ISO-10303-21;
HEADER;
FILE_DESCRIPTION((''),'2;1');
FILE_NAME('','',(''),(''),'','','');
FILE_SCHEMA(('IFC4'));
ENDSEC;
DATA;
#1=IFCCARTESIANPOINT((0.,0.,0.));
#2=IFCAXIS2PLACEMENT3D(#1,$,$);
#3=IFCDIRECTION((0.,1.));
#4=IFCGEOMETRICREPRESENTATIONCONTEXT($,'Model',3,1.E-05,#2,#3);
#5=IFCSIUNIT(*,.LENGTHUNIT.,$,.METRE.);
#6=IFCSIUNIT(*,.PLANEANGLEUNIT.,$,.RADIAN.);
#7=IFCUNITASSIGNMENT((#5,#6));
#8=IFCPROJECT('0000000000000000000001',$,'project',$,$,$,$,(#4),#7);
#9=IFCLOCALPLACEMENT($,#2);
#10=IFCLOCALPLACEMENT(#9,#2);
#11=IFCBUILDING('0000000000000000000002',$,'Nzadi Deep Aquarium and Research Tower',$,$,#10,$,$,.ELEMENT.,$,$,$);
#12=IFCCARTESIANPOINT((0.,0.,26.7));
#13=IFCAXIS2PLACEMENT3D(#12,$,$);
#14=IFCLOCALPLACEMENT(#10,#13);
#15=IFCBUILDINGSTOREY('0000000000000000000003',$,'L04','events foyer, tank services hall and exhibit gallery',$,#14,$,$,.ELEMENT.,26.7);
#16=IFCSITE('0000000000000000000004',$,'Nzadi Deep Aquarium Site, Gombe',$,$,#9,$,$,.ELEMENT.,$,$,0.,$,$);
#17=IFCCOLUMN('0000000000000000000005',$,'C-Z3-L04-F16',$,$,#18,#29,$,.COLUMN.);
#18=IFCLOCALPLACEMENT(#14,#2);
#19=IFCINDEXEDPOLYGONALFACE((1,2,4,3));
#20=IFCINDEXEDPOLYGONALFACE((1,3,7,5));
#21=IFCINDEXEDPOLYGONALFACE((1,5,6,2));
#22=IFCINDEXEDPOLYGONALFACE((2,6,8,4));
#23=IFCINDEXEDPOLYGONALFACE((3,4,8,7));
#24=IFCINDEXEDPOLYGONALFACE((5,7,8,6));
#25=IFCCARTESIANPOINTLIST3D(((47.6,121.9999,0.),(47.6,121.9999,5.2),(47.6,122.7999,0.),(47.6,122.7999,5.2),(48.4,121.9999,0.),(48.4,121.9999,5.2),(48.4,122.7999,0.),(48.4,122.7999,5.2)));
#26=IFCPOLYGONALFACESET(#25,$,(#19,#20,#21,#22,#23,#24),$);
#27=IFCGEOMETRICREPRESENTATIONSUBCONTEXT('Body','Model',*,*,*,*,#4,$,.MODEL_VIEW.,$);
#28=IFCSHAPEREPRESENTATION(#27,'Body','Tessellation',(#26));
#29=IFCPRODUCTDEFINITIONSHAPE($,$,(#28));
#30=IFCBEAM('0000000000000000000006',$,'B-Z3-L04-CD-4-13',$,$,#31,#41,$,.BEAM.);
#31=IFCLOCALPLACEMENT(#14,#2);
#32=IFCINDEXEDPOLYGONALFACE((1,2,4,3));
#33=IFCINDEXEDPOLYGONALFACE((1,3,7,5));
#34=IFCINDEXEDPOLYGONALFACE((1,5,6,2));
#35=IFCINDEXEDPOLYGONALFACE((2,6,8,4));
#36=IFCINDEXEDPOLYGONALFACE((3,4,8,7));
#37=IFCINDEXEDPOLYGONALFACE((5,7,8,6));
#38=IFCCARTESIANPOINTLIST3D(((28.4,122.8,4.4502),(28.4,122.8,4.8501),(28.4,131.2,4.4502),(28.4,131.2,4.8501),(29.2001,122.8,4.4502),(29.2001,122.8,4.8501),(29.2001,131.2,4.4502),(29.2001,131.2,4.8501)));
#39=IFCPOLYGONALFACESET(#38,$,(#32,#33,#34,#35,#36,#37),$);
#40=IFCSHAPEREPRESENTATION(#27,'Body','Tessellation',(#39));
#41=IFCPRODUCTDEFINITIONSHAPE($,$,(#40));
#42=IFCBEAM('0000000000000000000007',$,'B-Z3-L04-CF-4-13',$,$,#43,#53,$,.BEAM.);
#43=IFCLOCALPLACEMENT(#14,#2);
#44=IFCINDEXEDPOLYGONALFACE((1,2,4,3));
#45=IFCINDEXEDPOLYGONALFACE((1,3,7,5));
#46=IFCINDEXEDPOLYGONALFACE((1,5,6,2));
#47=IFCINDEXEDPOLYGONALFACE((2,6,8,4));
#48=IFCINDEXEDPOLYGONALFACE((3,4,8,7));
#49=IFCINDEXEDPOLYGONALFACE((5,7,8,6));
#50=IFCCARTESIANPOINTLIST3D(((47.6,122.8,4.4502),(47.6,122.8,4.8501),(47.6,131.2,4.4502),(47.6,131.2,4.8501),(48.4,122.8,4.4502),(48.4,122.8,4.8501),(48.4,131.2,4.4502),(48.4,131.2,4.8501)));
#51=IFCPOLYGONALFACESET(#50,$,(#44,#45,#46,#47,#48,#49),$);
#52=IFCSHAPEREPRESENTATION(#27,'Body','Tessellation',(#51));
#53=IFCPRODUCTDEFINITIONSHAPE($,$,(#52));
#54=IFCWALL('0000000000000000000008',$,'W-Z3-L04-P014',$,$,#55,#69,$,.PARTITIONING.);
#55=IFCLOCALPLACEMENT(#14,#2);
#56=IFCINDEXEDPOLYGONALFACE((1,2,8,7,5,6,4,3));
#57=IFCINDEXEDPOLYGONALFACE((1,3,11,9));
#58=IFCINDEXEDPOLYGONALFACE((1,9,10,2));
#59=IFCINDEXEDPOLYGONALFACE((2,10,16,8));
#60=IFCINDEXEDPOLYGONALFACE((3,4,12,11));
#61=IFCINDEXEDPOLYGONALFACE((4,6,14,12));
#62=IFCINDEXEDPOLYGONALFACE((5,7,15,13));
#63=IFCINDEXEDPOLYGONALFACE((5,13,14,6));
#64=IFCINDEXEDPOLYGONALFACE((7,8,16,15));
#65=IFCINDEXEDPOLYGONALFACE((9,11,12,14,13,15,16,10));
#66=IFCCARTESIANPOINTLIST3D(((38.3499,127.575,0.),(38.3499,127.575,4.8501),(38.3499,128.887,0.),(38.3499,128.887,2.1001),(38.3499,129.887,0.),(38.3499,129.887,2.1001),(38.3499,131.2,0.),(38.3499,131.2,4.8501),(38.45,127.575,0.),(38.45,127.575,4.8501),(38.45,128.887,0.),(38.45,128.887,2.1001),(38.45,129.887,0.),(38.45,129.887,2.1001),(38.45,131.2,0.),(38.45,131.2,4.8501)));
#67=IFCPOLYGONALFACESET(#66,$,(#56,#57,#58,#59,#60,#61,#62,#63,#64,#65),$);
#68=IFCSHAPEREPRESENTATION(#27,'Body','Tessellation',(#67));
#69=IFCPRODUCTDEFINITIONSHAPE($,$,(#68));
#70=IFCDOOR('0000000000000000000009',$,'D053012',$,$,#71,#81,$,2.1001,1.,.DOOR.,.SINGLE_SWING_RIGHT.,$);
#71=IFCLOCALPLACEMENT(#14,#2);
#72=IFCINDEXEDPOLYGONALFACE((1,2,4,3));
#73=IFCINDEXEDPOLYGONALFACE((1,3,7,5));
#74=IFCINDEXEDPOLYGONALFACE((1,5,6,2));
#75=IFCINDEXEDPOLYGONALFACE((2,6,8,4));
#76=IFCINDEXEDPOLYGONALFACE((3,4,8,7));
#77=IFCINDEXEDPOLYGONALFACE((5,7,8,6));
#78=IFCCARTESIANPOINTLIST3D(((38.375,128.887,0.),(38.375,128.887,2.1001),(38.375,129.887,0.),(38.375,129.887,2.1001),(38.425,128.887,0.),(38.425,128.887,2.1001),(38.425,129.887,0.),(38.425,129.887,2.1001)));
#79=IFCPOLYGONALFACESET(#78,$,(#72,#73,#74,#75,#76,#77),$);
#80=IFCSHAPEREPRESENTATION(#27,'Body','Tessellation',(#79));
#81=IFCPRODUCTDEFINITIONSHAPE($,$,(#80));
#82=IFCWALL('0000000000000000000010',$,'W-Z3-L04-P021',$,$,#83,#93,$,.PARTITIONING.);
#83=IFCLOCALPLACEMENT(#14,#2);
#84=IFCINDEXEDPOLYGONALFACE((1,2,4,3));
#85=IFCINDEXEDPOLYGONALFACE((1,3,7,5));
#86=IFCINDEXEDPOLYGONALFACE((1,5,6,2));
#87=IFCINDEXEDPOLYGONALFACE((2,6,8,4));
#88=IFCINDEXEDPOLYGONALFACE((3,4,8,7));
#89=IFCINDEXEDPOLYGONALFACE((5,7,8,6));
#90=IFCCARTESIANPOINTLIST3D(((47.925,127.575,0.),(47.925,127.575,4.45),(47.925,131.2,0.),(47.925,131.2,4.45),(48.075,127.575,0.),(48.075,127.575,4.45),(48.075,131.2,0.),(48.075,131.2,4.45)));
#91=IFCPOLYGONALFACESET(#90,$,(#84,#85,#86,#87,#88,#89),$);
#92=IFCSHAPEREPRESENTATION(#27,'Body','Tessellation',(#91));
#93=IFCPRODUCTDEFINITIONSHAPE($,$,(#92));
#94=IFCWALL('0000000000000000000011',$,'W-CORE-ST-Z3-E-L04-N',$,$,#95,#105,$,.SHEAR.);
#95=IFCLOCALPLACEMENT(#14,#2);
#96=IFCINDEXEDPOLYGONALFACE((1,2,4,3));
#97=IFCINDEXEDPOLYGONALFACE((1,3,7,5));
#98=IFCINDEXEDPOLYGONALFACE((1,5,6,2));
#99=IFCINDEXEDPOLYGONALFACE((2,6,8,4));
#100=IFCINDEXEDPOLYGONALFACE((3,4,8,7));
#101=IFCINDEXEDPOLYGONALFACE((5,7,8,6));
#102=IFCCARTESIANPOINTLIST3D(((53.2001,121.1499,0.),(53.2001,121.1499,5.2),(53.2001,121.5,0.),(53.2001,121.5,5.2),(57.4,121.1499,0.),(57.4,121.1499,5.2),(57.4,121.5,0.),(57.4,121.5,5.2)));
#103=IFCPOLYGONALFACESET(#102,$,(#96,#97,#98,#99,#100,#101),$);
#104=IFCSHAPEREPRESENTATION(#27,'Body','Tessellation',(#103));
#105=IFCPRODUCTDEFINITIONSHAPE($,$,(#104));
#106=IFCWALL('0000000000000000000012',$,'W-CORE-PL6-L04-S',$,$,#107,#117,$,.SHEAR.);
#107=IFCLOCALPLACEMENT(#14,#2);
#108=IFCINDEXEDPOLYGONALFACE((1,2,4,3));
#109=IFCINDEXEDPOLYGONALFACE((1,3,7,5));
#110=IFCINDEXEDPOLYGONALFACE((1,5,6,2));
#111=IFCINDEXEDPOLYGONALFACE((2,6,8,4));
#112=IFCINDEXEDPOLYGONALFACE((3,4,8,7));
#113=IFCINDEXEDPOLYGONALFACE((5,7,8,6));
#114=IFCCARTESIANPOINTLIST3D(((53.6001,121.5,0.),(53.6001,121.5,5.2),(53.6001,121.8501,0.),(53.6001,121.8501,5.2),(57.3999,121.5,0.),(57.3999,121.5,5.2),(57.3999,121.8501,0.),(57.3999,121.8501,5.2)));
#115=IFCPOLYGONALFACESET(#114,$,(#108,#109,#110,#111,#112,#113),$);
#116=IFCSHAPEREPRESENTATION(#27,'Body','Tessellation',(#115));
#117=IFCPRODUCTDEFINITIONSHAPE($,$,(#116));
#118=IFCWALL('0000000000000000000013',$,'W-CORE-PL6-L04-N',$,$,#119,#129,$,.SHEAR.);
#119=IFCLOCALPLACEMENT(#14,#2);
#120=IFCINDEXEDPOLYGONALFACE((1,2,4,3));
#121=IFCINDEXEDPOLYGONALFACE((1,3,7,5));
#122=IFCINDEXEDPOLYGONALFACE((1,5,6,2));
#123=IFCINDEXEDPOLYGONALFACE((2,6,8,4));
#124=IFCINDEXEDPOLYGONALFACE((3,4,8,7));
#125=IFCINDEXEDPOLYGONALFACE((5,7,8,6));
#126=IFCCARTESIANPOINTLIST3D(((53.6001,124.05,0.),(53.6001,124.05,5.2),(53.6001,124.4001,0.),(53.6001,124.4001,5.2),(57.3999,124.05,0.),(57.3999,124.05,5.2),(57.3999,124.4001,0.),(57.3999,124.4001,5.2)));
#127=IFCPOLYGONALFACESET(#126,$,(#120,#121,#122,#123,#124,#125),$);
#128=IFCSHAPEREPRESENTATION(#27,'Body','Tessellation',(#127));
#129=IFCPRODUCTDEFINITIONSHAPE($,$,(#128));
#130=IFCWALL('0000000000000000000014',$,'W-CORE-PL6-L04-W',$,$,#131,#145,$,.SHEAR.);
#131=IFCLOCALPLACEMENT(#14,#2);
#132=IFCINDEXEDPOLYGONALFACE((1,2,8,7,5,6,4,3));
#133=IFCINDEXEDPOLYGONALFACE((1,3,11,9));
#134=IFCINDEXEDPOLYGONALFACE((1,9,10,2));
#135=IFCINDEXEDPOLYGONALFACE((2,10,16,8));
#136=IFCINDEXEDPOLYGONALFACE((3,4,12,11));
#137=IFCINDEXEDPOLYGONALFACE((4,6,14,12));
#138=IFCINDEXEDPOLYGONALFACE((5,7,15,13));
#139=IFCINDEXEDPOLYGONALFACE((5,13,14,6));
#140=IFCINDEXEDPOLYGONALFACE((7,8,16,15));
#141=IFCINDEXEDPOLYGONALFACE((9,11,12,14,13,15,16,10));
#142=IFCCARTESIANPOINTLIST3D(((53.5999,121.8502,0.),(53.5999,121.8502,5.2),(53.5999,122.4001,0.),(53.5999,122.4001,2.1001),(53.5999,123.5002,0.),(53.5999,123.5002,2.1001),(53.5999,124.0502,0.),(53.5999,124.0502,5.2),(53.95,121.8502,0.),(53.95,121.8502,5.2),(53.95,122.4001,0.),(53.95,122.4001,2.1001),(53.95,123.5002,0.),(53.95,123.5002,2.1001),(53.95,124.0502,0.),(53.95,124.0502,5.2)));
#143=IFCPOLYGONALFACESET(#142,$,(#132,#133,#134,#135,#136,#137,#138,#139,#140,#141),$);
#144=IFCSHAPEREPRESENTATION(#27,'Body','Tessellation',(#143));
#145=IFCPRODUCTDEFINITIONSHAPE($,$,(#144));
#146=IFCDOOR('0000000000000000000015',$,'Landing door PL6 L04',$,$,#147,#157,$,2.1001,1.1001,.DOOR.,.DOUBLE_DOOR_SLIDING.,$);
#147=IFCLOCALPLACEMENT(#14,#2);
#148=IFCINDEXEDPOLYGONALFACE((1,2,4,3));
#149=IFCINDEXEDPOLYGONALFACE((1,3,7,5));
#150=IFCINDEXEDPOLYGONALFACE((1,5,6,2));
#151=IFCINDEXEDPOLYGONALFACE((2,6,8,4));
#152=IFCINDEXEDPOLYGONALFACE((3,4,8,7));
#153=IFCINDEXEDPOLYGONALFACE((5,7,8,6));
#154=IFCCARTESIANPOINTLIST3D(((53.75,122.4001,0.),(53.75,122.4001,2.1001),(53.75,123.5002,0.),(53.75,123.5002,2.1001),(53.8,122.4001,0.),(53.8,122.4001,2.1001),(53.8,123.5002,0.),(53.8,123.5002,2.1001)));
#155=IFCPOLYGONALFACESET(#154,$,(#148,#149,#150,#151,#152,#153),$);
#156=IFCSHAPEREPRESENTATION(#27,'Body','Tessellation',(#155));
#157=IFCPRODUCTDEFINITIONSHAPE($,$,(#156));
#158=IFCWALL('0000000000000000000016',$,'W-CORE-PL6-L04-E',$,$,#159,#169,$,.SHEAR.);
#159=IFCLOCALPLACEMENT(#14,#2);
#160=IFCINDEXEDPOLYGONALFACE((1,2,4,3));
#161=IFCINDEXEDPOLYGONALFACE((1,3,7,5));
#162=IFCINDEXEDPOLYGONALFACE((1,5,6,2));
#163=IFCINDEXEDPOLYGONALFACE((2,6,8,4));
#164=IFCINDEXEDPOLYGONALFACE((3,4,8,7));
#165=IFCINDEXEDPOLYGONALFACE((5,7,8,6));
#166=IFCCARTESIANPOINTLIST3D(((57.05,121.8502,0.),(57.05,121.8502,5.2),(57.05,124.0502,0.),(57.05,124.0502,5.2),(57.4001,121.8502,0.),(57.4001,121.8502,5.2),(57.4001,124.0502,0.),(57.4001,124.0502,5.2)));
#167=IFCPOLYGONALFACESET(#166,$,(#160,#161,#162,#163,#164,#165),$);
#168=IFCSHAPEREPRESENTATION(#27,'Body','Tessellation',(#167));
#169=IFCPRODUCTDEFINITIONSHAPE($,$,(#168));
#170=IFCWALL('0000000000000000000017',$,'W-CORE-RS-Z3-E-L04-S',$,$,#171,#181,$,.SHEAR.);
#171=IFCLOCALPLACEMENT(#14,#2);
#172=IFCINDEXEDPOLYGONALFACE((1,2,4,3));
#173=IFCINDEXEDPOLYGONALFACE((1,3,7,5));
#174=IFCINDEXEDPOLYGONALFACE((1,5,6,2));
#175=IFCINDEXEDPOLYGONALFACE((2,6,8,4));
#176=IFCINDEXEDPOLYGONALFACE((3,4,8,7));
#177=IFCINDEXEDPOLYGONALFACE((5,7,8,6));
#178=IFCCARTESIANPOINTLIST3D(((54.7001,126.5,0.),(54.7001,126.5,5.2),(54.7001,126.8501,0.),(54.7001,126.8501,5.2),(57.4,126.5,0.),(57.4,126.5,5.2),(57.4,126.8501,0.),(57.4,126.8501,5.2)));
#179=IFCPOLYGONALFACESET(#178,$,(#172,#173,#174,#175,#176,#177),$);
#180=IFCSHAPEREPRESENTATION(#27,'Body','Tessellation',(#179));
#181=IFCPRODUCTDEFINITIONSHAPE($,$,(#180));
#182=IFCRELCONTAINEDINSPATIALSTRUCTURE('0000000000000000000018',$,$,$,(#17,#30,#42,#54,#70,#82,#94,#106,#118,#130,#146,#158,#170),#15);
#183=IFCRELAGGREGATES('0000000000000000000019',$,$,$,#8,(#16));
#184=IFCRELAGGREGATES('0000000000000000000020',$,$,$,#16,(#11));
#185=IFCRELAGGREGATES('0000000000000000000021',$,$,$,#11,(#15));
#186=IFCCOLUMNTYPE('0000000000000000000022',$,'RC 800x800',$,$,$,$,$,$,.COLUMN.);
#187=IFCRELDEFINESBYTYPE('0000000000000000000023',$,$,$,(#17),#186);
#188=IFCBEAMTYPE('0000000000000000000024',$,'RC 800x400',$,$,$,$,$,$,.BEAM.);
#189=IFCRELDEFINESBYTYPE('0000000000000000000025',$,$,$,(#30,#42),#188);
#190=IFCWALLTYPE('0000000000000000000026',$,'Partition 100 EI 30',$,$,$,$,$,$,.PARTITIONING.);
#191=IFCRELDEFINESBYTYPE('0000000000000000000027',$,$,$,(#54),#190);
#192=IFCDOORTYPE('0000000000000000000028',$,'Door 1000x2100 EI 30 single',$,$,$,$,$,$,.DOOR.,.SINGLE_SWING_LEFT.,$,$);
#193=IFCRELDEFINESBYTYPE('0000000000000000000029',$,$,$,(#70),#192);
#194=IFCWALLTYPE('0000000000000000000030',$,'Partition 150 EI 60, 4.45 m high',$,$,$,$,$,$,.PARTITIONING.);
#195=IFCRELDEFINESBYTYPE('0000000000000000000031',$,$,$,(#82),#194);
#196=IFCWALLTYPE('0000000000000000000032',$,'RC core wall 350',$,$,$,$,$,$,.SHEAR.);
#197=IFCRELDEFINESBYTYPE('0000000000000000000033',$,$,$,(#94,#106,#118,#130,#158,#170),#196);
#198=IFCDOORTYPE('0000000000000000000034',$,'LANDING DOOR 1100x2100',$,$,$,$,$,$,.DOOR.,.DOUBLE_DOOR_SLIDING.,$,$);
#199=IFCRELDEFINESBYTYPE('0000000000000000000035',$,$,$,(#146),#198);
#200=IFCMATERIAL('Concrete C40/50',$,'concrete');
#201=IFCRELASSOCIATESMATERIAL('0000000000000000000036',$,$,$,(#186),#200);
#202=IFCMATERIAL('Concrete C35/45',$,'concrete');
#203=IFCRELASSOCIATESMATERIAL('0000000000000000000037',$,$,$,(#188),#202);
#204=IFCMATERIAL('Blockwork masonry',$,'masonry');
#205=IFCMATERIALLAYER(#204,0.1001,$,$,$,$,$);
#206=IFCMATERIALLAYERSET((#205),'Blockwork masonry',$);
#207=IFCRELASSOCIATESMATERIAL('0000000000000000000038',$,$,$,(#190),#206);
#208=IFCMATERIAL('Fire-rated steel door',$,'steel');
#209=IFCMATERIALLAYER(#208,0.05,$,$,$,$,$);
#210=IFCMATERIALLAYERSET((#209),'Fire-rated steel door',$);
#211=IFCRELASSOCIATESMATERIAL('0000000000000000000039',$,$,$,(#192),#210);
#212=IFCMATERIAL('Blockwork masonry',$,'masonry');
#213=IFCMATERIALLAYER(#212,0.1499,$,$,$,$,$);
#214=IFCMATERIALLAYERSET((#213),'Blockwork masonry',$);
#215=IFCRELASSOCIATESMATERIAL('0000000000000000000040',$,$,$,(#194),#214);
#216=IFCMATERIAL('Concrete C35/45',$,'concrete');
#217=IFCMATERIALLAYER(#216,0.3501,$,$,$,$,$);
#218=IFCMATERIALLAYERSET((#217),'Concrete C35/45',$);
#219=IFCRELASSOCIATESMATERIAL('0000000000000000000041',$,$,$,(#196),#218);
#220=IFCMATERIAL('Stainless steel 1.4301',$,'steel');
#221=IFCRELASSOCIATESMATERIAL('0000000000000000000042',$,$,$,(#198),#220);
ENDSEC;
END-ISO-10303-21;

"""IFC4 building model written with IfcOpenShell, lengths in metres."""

from ifc_helpers import new_model, si_unit, direction, frame, frame_2d, origin, origin_2d, place, context, subcontext, project, spatial, rectangle, extrude, material, layer, layer_set, material_profile, profile_set, type_object, element, fill, save


model = new_model("IFC4")

# Units and contexts
model_context = context("Model", 3, precision=1e-05, world=origin(), true_north=direction((0.0, 1.0)))
body_context = subcontext(model_context, "Body", "Model", "MODEL_VIEW")
ifc_project = project(units=[si_unit("LENGTHUNIT", "METRE"), si_unit("PLANEANGLEUNIT", "RADIAN")], contexts=[model_context])

# Site, building, storey
site_placement = place(None, origin())
site = spatial("IfcSite", under=ifc_project, at=site_placement, Name="Nzadi Deep Aquarium Site, Gombe", CompositionType="ELEMENT", RefElevation=0.0)
building_placement = place(site_placement, origin())
building = spatial("IfcBuilding", under=site, at=building_placement, Name="Nzadi Deep Aquarium and Research Tower", CompositionType="ELEMENT")
storey_placement = place(building_placement, frame((0.0, 0.0, 26.7)))
storey = spatial("IfcBuildingStorey", under=building, at=storey_placement, Name="L04", Description="events foyer, tank services hall and exhibit gallery", CompositionType="ELEMENT", Elevation=26.7)

# Column
ifc_material_1 = material(Name="Concrete C40/50", Category="concrete")
ifc_material_profile_1 = material_profile(ifc_material_1, rectangle(XDim=0.8, YDim=0.8, at=origin_2d()))
ifc_profile_set_1 = profile_set([ifc_material_profile_1], Name="Concrete C40/50")
column_type = type_object("IfcColumnType", Name="RC 800x800", PredefinedType="COLUMN", material=ifc_profile_set_1)
column_placement = place(storey_placement, frame((48.0, 122.3999, 0.0), z_axis=(0.0, 0.0, 1.0), x_axis=(1.0, 0.0, 0.0)))
element("IfcColumn", 1, at=column_placement, inside=storey, type_object=column_type, Name="C-Z3-L04-F16", PredefinedType="COLUMN", context=body_context, shape_type="SweptSolid", body=[
    extrude(rectangle(XDim=0.8, YDim=0.8, at=origin_2d()), origin(), (0.0, 0.0, 1.0), 5.2),
])

# Beams
ifc_material_2 = material(Name="Concrete C35/45", Category="concrete")
ifc_material_profile_2 = material_profile(ifc_material_2, rectangle(XDim=0.8, YDim=0.3999, at=origin_2d()))
ifc_profile_set_2 = profile_set([ifc_material_profile_2], Name="Concrete C35/45")
beam_type = type_object("IfcBeamType", Name="RC 800x400", PredefinedType="BEAM", material=ifc_profile_set_2)
for number, where, z_axis, x_axis, name in (
    (2, (28.8, 122.8, 4.6501), (0.0, 1.0, 0.0), (-1.0, 0.0, 0.0), "B-Z3-L04-CD-4-13"),
    (3, (48.0, 122.8, 4.6501), (0.0, 1.0, 0.0), (-1.0, 0.0, 0.0), "B-Z3-L04-CF-4-13"),
):
    element("IfcBeam", number, at=place(storey_placement, frame(where, z_axis=z_axis, x_axis=x_axis)), inside=storey, type_object=beam_type, Name=name, PredefinedType="BEAM", context=body_context, shape_type="SweptSolid", body=[
        extrude(rectangle(XDim=0.8, YDim=0.3999, at=origin_2d()), origin(), (0.0, 0.0, 1.0), 8.3999),
    ])

# Wall, opening, door
ifc_material_3 = material(Name="Blockwork masonry", Category="masonry")
ifc_layer_1 = layer(ifc_material_3, 0.1001)
ifc_layer_set_1 = layer_set([ifc_layer_1], Name="Blockwork masonry")
wall_type_1 = type_object("IfcWallType", Name="Partition 100 EI 30", PredefinedType="PARTITIONING", material=ifc_layer_set_1)
wall_1_placement = place(storey_placement, frame((38.3999, 127.575, 0.0), z_axis=(0.0, 0.0, 1.0), x_axis=(0.0, 1.0, 0.0)))
wall_1 = element("IfcWall", 4, at=wall_1_placement, inside=storey, type_object=wall_type_1, Name="W-Z3-L04-P014", PredefinedType="PARTITIONING", context=body_context, shape_type="SweptSolid", body=[
    extrude(rectangle(XDim=3.625, YDim=0.1001, at=frame_2d((1.8125, 0.0))), origin(), (0.0, 0.0, 1.0), 4.8501),
])
opening_1_placement = place(wall_1_placement, frame((1.312, 0.0, 0.0)))
opening_1 = element("IfcOpeningElement", 5, at=opening_1_placement, cuts=wall_1, PredefinedType="OPENING", context=body_context, shape_type="SweptSolid", body=[
    extrude(rectangle(XDim=1.0, YDim=2.1001, at=frame_2d((0.5, 1.05))), frame((0.0, 0.0601, 0.0), z_axis=(0.0, -1.0, 0.0), x_axis=(1.0, 0.0, 0.0)), (0.0, 0.0, 1.0), 0.1201),
])
ifc_material_4 = material(Name="Fire-rated steel door", Category="steel")
ifc_layer_2 = layer(ifc_material_4, 0.05)
ifc_layer_set_2 = layer_set([ifc_layer_2], Name="Fire-rated steel door")
door_type_1 = type_object("IfcDoorType", Name="Door 1000x2100 EI 30 single", OperationType="SINGLE_SWING_LEFT", PredefinedType="DOOR", material=ifc_layer_set_2)
door_1_placement = place(opening_1_placement, origin())
door_1 = element("IfcDoor", 6, at=door_1_placement, inside=storey, type_object=door_type_1, Name="D053012", OperationType="SINGLE_SWING_RIGHT", OverallHeight=2.1001, OverallWidth=1.0, PredefinedType="DOOR", context=body_context, shape_type="SweptSolid", body=[
    extrude(rectangle(XDim=1.0, YDim=2.1001, at=frame_2d((0.5, 1.05))), frame((0.0, 0.0249, 0.0), z_axis=(0.0, -1.0, 0.0), x_axis=(1.0, 0.0, 0.0)), (0.0, 0.0, 1.0), 0.05),
])
fill(opening_1, door_1)

# Walls
ifc_material_5 = material(Name="Blockwork masonry", Category="masonry")
ifc_layer_3 = layer(ifc_material_5, 0.1499)
ifc_layer_set_3 = layer_set([ifc_layer_3], Name="Blockwork masonry")
wall_type_2 = type_object("IfcWallType", Name="Partition 150 EI 60, 4.45 m high", PredefinedType="PARTITIONING", material=ifc_layer_set_3)
wall_2_placement = place(storey_placement, frame((48.0, 127.575, 0.0), z_axis=(0.0, 0.0, 1.0), x_axis=(0.0, 1.0, 0.0)))
element("IfcWall", 7, at=wall_2_placement, inside=storey, type_object=wall_type_2, Name="W-Z3-L04-P021", PredefinedType="PARTITIONING", context=body_context, shape_type="SweptSolid", body=[
    extrude(rectangle(XDim=3.625, YDim=0.1499, at=frame_2d((1.8125, 0.0))), origin(), (0.0, 0.0, 1.0), 4.45),
])
ifc_material_6 = material(Name="Concrete C35/45", Category="concrete")
ifc_layer_4 = layer(ifc_material_6, 0.3501)
ifc_layer_set_4 = layer_set([ifc_layer_4], Name="Concrete C35/45")
wall_type_3 = type_object("IfcWallType", Name="RC core wall 350", PredefinedType="SHEAR", material=ifc_layer_set_4)
wall_3_placement = place(storey_placement, frame((53.2, 121.325, 0.0), z_axis=(0.0, 0.0, 1.0), x_axis=(1.0, 0.0, 0.0)))
element("IfcWall", 8, at=wall_3_placement, inside=storey, type_object=wall_type_3, Name="W-CORE-ST-Z3-E-L04-N", PredefinedType="SHEAR", context=body_context, shape_type="SweptSolid", body=[
    extrude(rectangle(XDim=4.2, YDim=0.3501, at=frame_2d((2.1001, 0.0))), origin(), (0.0, 0.0, 1.0), 5.2),
])
for number, where, z_axis, x_axis, name in (
    (9, (53.6001, 121.675, 0.0), (0.0, 0.0, 1.0), (1.0, 0.0, 0.0), "W-CORE-PL6-L04-S"),
    (10, (53.6001, 124.2251, 0.0), (0.0, 0.0, 1.0), (1.0, 0.0, 0.0), "W-CORE-PL6-L04-N"),
):
    element("IfcWall", number, at=place(storey_placement, frame(where, z_axis=z_axis, x_axis=x_axis)), inside=storey, type_object=wall_type_3, Name=name, PredefinedType="SHEAR", context=body_context, shape_type="SweptSolid", body=[
        extrude(rectangle(XDim=3.7998, YDim=0.3501, at=frame_2d((1.8999, 0.0))), origin(), (0.0, 0.0, 1.0), 5.2),
    ])

# Wall, opening, door
wall_4_placement = place(storey_placement, frame((53.7749, 121.8501, 0.0), z_axis=(0.0, 0.0, 1.0), x_axis=(0.0, 1.0, 0.0)))
wall_4 = element("IfcWall", 11, at=wall_4_placement, inside=storey, type_object=wall_type_3, Name="W-CORE-PL6-L04-W", PredefinedType="SHEAR", context=body_context, shape_type="SweptSolid", body=[
    extrude(rectangle(XDim=2.2, YDim=0.3501, at=frame_2d((1.1001, 0.0))), origin(), (0.0, 0.0, 1.0), 5.2),
])
opening_2_placement = place(wall_4_placement, frame((0.55, 0.0, 0.0)))
opening_2 = element("IfcOpeningElement", 12, at=opening_2_placement, cuts=wall_4, PredefinedType="OPENING", context=body_context, shape_type="SweptSolid", body=[
    extrude(rectangle(XDim=1.1001, YDim=2.1001, at=frame_2d((0.55, 1.05))), frame((0.0, 0.1851, 0.0), z_axis=(0.0, -1.0, 0.0), x_axis=(1.0, 0.0, 0.0)), (0.0, 0.0, 1.0), 0.3701),
])
ifc_material_7 = material(Name="Stainless steel 1.4301", Category="steel")
door_type_2 = type_object("IfcDoorType", Name="LANDING DOOR 1100x2100", OperationType="DOUBLE_DOOR_SLIDING", PredefinedType="DOOR", material=ifc_material_7)
door_2_placement = place(opening_2_placement, origin())
door_2 = element("IfcDoor", 13, at=door_2_placement, inside=storey, type_object=door_type_2, Name="Landing door PL6 L04", OperationType="DOUBLE_DOOR_SLIDING", OverallHeight=2.1001, OverallWidth=1.1001, PredefinedType="DOOR", context=body_context, shape_type="SweptSolid", body=[
    extrude(rectangle(XDim=1.1001, YDim=2.1001, at=frame_2d((0.55, 1.05))), frame((0.0, 0.0249, 0.0), z_axis=(0.0, -1.0, 0.0), x_axis=(1.0, 0.0, 0.0)), (0.0, 0.0, 1.0), 0.05),
])
fill(opening_2, door_2)

# Walls
wall_5_placement = place(storey_placement, frame((57.2251, 121.8501, 0.0), z_axis=(0.0, 0.0, 1.0), x_axis=(0.0, 1.0, 0.0)))
element("IfcWall", 14, at=wall_5_placement, inside=storey, type_object=wall_type_3, Name="W-CORE-PL6-L04-E", PredefinedType="SHEAR", context=body_context, shape_type="SweptSolid", body=[
    extrude(rectangle(XDim=2.2, YDim=0.3501, at=frame_2d((1.1001, 0.0))), origin(), (0.0, 0.0, 1.0), 5.2),
])
for number, where, z_axis, x_axis, name in (
    (15, (54.7, 126.675, 0.0), (0.0, 0.0, 1.0), (1.0, 0.0, 0.0), "W-CORE-RS-Z3-E-L04-S"),
):
    element("IfcWall", number, at=place(storey_placement, frame(where, z_axis=z_axis, x_axis=x_axis)), inside=storey, type_object=wall_type_3, Name=name, PredefinedType="SHEAR", context=body_context, shape_type="SweptSolid", body=[
        extrude(rectangle(XDim=2.7, YDim=0.3501, at=frame_2d((1.3501, 0.0))), origin(), (0.0, 0.0, 1.0), 5.2),
    ])

save(model, "model.ifc")
